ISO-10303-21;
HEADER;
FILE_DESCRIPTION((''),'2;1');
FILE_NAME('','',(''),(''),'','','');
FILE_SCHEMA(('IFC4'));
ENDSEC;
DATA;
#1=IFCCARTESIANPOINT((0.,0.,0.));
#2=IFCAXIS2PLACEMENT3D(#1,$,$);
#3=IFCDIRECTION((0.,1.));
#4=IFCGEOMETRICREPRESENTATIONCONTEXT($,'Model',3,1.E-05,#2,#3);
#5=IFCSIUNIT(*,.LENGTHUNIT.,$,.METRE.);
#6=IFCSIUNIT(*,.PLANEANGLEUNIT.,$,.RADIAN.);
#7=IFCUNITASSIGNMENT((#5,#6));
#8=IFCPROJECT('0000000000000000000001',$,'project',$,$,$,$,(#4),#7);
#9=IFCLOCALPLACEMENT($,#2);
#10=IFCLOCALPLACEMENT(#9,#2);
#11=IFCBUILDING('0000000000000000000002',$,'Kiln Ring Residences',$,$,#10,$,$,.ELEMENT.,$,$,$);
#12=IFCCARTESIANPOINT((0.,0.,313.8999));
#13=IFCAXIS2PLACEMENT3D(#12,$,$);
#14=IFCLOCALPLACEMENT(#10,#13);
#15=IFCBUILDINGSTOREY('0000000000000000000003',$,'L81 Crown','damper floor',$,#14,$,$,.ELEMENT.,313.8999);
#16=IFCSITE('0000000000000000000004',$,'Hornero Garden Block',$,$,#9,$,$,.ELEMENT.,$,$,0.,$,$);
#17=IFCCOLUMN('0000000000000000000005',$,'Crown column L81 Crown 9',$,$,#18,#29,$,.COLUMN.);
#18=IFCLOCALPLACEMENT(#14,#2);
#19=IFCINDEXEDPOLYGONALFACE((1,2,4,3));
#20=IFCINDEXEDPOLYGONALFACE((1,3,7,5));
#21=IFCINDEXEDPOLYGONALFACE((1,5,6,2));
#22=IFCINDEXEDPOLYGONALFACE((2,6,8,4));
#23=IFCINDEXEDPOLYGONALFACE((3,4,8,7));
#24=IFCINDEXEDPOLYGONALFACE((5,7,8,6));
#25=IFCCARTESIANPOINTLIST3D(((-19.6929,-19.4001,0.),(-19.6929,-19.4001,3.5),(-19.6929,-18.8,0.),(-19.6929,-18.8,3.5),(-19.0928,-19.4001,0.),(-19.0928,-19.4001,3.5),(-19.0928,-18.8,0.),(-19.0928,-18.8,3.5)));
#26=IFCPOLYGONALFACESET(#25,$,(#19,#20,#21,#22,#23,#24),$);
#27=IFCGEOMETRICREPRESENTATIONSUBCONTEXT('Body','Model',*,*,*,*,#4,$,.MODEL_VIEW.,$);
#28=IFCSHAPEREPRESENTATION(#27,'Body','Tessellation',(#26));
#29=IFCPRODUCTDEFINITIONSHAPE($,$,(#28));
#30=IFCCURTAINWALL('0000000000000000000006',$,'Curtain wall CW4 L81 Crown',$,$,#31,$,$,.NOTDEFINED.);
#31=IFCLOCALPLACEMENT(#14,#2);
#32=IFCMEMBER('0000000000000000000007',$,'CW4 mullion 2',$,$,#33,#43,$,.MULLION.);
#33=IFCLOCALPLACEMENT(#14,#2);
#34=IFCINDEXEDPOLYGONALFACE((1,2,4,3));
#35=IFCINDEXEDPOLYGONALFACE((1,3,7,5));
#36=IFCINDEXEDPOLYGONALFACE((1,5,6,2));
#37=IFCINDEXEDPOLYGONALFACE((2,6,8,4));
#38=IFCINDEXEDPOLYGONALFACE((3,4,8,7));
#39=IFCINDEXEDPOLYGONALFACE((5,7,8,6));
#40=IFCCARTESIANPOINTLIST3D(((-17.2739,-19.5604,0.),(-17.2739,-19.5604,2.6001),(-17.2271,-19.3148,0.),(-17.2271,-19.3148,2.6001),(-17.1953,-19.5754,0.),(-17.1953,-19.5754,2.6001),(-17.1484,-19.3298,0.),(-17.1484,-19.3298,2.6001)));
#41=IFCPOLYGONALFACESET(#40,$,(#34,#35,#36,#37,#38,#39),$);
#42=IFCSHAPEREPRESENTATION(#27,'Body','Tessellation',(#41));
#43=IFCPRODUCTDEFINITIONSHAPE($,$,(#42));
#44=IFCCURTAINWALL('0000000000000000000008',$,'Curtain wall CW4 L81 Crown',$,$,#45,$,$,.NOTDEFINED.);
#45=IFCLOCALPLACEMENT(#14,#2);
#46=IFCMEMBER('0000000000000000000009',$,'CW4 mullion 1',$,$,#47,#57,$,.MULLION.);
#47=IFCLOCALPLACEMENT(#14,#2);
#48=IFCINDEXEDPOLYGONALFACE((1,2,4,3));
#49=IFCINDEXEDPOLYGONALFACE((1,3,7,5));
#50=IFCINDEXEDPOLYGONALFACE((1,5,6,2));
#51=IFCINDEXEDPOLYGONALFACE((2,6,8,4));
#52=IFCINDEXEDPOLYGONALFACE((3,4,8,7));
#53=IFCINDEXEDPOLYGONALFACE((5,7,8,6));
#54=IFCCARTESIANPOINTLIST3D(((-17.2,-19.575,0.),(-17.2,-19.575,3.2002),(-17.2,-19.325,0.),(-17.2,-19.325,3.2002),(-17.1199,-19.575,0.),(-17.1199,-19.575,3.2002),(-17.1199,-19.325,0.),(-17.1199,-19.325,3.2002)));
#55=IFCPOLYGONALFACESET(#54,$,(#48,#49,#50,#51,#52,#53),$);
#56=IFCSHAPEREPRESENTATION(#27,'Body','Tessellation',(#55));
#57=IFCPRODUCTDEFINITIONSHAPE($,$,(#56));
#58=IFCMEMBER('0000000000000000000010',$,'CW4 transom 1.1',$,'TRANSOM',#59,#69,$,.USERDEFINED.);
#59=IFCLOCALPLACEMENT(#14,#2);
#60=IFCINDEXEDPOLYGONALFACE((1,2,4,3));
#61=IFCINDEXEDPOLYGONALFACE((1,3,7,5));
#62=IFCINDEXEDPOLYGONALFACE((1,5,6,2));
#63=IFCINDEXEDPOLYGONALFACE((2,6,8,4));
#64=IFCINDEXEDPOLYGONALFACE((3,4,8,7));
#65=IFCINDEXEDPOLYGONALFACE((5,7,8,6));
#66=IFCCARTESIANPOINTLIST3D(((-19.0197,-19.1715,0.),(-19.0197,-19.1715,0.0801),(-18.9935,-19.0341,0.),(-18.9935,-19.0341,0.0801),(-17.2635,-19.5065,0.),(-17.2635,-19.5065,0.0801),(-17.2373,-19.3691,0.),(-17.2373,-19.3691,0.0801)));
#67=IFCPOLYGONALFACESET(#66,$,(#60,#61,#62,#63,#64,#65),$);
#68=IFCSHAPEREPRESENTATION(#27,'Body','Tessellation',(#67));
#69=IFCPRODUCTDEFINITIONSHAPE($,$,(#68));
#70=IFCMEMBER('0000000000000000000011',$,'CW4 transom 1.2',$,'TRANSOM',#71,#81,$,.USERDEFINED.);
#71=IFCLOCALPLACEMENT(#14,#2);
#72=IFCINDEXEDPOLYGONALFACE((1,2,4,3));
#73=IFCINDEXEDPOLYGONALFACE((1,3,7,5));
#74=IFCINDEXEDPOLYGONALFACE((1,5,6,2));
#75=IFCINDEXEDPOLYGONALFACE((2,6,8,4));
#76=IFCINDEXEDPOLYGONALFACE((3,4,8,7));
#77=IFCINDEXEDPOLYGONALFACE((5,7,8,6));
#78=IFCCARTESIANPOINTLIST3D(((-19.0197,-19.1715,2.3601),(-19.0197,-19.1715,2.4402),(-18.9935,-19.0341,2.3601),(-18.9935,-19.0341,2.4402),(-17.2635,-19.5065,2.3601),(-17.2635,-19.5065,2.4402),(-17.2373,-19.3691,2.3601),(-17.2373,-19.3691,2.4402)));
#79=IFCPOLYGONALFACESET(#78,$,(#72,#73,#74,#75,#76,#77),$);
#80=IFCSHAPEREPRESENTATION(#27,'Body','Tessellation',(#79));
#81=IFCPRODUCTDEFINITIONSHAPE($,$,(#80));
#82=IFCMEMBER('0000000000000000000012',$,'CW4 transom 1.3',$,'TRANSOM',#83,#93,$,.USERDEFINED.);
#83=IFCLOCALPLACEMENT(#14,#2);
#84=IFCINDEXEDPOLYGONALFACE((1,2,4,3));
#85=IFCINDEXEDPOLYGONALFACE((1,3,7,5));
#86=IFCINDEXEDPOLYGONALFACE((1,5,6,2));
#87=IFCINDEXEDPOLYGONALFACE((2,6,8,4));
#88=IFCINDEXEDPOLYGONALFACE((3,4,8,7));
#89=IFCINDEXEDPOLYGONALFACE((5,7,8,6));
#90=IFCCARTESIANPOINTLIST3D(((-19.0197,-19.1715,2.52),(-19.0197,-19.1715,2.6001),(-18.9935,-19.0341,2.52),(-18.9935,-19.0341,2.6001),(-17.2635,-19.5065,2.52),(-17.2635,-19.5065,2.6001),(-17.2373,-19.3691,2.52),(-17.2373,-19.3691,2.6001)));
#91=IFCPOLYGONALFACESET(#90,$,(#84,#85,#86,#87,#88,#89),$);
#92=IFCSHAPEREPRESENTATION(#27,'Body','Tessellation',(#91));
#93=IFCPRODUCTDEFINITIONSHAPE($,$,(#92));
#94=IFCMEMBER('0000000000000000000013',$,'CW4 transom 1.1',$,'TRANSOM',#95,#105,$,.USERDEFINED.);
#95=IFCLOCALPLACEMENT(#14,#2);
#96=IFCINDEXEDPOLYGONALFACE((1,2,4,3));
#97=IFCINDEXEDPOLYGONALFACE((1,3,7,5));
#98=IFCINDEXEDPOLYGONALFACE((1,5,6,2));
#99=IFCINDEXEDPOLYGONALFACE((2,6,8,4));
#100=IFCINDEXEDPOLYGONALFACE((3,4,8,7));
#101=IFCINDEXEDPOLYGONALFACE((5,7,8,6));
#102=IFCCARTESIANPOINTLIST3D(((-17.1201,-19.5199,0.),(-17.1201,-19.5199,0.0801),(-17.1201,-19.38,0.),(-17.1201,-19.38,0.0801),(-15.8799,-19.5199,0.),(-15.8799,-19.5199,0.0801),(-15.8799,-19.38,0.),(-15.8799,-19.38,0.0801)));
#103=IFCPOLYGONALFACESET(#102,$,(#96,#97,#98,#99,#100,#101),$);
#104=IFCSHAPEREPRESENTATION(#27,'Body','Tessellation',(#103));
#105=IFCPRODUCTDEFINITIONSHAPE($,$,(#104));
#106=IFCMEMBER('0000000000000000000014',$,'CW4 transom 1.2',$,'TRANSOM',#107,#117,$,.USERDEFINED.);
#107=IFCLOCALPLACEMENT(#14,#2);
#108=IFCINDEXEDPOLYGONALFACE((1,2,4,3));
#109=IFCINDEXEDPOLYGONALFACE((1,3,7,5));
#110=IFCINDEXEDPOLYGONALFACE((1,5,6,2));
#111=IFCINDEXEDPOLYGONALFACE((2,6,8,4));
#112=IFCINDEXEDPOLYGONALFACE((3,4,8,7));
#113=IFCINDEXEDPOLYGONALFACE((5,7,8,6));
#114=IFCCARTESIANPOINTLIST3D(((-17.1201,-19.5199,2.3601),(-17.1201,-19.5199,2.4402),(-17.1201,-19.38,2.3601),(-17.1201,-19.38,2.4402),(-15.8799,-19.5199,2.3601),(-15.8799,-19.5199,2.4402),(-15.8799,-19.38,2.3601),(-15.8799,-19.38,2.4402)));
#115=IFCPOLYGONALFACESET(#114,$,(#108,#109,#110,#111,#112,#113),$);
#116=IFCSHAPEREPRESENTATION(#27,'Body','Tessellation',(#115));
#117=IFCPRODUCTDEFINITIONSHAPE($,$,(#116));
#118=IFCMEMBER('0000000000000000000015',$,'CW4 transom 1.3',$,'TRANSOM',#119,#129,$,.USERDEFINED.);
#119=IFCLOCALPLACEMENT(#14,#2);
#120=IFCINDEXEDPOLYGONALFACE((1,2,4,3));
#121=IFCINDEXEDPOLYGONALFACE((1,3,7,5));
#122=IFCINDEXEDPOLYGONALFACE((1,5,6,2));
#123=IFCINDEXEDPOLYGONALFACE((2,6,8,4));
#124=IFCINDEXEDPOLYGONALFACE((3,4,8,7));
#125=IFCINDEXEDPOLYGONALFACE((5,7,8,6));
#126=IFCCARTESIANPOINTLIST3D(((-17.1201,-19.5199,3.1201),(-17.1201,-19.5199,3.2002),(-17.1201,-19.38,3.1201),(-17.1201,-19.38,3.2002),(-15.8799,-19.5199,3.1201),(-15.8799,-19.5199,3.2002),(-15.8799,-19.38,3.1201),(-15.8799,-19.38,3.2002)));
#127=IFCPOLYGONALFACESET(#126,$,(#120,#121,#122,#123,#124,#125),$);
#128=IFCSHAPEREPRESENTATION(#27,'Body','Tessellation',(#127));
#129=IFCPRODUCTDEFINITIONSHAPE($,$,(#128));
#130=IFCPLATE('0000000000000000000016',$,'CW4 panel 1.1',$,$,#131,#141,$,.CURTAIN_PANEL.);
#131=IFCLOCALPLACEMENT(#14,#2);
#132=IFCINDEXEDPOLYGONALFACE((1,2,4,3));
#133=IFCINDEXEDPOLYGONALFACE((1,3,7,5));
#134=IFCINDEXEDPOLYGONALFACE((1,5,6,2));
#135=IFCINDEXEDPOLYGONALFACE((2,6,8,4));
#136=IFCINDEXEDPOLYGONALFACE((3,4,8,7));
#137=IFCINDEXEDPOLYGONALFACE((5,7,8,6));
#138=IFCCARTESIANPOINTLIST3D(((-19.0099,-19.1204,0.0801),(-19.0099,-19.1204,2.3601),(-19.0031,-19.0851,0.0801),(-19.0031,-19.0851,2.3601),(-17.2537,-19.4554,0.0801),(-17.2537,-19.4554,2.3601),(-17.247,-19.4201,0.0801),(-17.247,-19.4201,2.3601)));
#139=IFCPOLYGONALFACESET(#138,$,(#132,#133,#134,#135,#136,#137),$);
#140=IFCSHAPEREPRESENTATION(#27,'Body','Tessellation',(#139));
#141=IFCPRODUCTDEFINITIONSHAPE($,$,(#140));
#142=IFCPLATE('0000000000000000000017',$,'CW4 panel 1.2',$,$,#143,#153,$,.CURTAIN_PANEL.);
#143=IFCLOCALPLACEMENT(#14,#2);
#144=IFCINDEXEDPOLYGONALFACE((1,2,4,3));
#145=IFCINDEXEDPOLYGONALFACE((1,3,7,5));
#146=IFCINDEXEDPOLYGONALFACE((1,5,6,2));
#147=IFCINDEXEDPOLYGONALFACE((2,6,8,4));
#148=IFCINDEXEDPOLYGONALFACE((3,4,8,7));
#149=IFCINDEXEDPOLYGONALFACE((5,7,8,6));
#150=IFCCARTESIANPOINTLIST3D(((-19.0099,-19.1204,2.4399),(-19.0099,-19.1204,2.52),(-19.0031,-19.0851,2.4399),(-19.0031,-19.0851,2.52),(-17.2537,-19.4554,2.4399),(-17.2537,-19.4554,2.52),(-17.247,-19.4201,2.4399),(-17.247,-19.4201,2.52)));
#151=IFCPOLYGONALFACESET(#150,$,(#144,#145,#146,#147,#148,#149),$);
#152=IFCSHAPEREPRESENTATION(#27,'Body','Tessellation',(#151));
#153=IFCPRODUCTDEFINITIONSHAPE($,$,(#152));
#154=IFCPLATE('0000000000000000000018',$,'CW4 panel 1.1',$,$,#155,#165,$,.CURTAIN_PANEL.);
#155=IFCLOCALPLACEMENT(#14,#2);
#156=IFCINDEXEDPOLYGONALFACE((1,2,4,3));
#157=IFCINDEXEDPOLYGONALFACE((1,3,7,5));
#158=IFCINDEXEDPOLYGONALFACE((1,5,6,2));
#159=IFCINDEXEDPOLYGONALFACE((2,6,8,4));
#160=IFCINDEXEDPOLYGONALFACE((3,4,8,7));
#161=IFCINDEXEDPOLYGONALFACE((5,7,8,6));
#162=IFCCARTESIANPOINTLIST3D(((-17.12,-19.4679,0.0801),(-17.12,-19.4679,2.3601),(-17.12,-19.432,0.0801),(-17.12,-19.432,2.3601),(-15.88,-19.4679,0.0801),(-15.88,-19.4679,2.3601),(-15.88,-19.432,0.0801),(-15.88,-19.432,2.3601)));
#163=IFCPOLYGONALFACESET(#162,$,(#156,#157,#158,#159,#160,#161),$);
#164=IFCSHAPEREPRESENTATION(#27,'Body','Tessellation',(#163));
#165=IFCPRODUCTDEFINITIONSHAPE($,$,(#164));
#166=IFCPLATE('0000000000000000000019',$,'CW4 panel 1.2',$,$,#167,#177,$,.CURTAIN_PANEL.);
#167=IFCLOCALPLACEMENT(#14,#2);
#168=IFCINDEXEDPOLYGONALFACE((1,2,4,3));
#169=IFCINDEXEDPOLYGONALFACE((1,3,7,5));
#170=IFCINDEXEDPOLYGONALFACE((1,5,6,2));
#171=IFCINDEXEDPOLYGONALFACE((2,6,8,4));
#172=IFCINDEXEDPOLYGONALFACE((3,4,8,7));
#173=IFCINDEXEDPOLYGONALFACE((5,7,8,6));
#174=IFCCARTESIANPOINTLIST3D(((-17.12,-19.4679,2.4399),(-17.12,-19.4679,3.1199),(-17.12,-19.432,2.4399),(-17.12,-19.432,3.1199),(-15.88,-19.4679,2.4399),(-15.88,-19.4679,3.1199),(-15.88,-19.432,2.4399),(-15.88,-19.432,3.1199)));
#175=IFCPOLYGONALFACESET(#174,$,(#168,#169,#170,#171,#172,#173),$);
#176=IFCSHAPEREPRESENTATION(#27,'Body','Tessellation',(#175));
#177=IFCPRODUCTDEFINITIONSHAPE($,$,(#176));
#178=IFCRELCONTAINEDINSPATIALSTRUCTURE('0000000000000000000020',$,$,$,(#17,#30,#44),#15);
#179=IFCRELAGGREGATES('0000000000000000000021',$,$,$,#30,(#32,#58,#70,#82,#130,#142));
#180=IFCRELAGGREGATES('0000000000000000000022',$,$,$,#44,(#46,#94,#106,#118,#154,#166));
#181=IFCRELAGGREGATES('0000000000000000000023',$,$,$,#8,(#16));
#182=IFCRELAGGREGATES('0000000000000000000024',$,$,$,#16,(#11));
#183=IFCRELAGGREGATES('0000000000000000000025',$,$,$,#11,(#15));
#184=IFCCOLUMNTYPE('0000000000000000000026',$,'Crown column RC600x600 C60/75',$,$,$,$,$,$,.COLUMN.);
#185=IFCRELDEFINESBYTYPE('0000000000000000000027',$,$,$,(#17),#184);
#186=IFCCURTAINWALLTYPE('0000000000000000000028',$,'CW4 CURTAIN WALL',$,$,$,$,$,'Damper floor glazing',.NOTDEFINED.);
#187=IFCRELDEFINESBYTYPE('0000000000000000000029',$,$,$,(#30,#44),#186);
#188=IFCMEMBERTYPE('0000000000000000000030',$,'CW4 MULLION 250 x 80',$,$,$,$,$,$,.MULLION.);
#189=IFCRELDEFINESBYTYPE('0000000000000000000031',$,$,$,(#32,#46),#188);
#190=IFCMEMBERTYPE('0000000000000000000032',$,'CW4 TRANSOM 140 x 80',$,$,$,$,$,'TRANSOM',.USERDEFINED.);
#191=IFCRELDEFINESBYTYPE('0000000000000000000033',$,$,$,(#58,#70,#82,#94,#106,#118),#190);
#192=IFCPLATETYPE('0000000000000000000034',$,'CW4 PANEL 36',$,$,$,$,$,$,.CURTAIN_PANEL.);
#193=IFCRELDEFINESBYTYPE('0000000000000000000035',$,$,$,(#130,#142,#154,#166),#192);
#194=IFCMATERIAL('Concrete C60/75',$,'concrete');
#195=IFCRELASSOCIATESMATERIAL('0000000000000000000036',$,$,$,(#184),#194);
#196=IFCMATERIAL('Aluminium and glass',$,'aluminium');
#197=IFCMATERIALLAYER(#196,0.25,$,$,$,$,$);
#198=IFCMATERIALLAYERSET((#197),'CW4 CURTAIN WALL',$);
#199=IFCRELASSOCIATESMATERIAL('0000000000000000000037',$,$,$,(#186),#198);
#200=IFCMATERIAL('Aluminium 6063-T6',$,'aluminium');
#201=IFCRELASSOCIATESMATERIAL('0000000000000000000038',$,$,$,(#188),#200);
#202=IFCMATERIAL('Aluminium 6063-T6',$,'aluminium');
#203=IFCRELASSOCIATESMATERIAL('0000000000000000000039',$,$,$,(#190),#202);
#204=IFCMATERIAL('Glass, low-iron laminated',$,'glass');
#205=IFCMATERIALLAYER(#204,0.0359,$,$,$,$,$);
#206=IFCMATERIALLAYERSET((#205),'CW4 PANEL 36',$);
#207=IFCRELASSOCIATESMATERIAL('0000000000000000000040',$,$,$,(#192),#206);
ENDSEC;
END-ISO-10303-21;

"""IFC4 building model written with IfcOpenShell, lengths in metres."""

from ifc_helpers import new_model, si_unit, direction, frame, origin, origin_2d, place, context, subcontext, project, spatial, rectangle, extrude, material, layer, layer_set, material_profile, profile_set, type_object, element, aggregate, save


model = new_model("IFC4")

# Units and contexts
model_context = context("Model", 3, precision=1e-05, world=origin(), true_north=direction((0.0, 1.0)))
body_context = subcontext(model_context, "Body", "Model", "MODEL_VIEW")
ifc_project = project(units=[si_unit("LENGTHUNIT", "METRE"), si_unit("PLANEANGLEUNIT", "RADIAN")], contexts=[model_context])

# Site, building, storey
site_placement = place(None, origin())
site = spatial("IfcSite", under=ifc_project, at=site_placement, Name="Hornero Garden Block", CompositionType="ELEMENT", RefElevation=0.0)
building_placement = place(site_placement, origin())
building = spatial("IfcBuilding", under=site, at=building_placement, Name="Kiln Ring Residences", CompositionType="ELEMENT")
storey_placement = place(building_placement, frame((0.0, 0.0, 313.8999)))
storey = spatial("IfcBuildingStorey", under=building, at=storey_placement, Name="L81 Crown", Description="damper floor", CompositionType="ELEMENT", Elevation=313.8999)

# Column
ifc_material_1 = material(Name="Concrete C60/75", Category="concrete")
ifc_material_profile_1 = material_profile(ifc_material_1, rectangle(XDim=0.6001, YDim=0.6001, at=origin_2d()), Name="RC600x600")
ifc_profile_set_1 = profile_set([ifc_material_profile_1], Name="Concrete C60/75")
column_type = type_object("IfcColumnType", Name="Crown column RC600x600 C60/75", PredefinedType="COLUMN", material=ifc_profile_set_1)
column_placement = place(storey_placement, frame((-19.3928, -19.1001, 0.0), z_axis=(0.0, 0.0, 1.0), x_axis=(1.0, 0.0, 0.0)))
element("IfcColumn", 1, at=column_placement, inside=storey, type_object=column_type, Name="Crown column L81 Crown 9", PredefinedType="COLUMN", context=body_context, shape_type="SweptSolid", body=[
    extrude(rectangle(XDim=0.6001, YDim=0.6001, at=origin_2d()), origin(), (0.0, 0.0, 1.0), 3.5),
])

# Curtain walls, members
ifc_material_2 = material(Name="Aluminium and glass", Category="aluminium")
ifc_layer_1 = layer(ifc_material_2, 0.25)
ifc_layer_set_1 = layer_set([ifc_layer_1], Name="CW4 CURTAIN WALL")
curtain_wall_type = type_object("IfcCurtainWallType", Name="CW4 CURTAIN WALL", ElementType="Damper floor glazing", PredefinedType="NOTDEFINED", material=ifc_layer_set_1)
placement = place(storey_placement, origin())
curtain_wall_1 = element("IfcCurtainWall", 2, at=placement, inside=storey, type_object=curtain_wall_type, Name="Curtain wall CW4 L81 Crown", PredefinedType="NOTDEFINED")
ifc_material_3 = material(Name="Aluminium 6063-T6", Category="aluminium")
ifc_material_profile_2 = material_profile(ifc_material_3, rectangle(XDim=0.25, YDim=0.0801, at=origin_2d()), Name="AL 250x80")
ifc_profile_set_2 = profile_set([ifc_material_profile_2], Name="Aluminium 6063-T6")
member_type_1 = type_object("IfcMemberType", Name="CW4 MULLION 250 x 80", PredefinedType="MULLION", material=ifc_profile_set_2)
member_1_placement = place(storey_placement, frame((-17.2112, -19.4451, 0.0), z_axis=(0.0, 0.0, 1.0), x_axis=(0.187366, 0.98229, 0.0)))
member_1 = element("IfcMember", 3, at=member_1_placement, type_object=member_type_1, Name="CW4 mullion 2", PredefinedType="MULLION", context=body_context, shape_type="SweptSolid", body=[
    extrude(rectangle(XDim=0.25, YDim=0.0801, at=origin_2d()), origin(), (0.0, 0.0, 1.0), 2.6001),
])
curtain_wall_2 = element("IfcCurtainWall", 4, at=placement, inside=storey, type_object=curtain_wall_type, Name="Curtain wall CW4 L81 Crown", PredefinedType="NOTDEFINED")
member_2_placement = place(storey_placement, frame((-17.1599, -19.45, 0.0), z_axis=(0.0, 0.0, 1.0), x_axis=(0.0, 1.0, 0.0)))
member_2 = element("IfcMember", 5, at=member_2_placement, type_object=member_type_1, Name="CW4 mullion 1", PredefinedType="MULLION", context=body_context, shape_type="SweptSolid", body=[
    extrude(rectangle(XDim=0.25, YDim=0.0801, at=origin_2d()), origin(), (0.0, 0.0, 1.0), 3.2002),
])

# Members
ifc_material_4 = material(Name="Aluminium 6063-T6", Category="aluminium")
ifc_material_profile_3 = material_profile(ifc_material_4, rectangle(XDim=0.1399, YDim=0.0801, at=origin_2d()), Name="AL 140x80")
ifc_profile_set_3 = profile_set([ifc_material_profile_3], Name="Aluminium 6063-T6")
member_type_2 = type_object("IfcMemberType", Name="CW4 TRANSOM 140 x 80", ElementType="TRANSOM", PredefinedType="USERDEFINED", material=ifc_profile_set_3)
member_3_placement = place(storey_placement, frame((-19.0066, -19.1028, 0.04), z_axis=(0.982291, -0.187363, 0.0), x_axis=(0.187363, 0.982291, 0.0)))
member_3 = element("IfcMember", 6, at=member_3_placement, type_object=member_type_2, Name="CW4 transom 1.1", ObjectType="TRANSOM", PredefinedType="USERDEFINED", context=body_context, shape_type="SweptSolid", body=[
    extrude(rectangle(XDim=0.1399, YDim=0.0801, at=origin_2d()), origin(), (0.0, 0.0, 1.0), 1.7878),
])
member_4_placement = place(storey_placement, frame((-19.0066, -19.1028, 2.4001), z_axis=(0.982291, -0.187363, 0.0), x_axis=(0.187363, 0.982291, 0.0)))
member_4 = element("IfcMember", 7, at=member_4_placement, type_object=member_type_2, Name="CW4 transom 1.2", ObjectType="TRANSOM", PredefinedType="USERDEFINED", context=body_context, shape_type="SweptSolid", body=[
    extrude(rectangle(XDim=0.1399, YDim=0.0801, at=origin_2d()), origin(), (0.0, 0.0, 1.0), 1.7878),
])
member_5_placement = place(storey_placement, frame((-19.0066, -19.1028, 2.5601), z_axis=(0.982291, -0.187363, 0.0), x_axis=(0.187363, 0.982291, 0.0)))
member_5 = element("IfcMember", 8, at=member_5_placement, type_object=member_type_2, Name="CW4 transom 1.3", ObjectType="TRANSOM", PredefinedType="USERDEFINED", context=body_context, shape_type="SweptSolid", body=[
    extrude(rectangle(XDim=0.1399, YDim=0.0801, at=origin_2d()), origin(), (0.0, 0.0, 1.0), 1.7878),
])
member_6_placement = place(storey_placement, frame((-17.1201, -19.45, 0.04), z_axis=(1.0, 0.0, 0.0), x_axis=(0.0, 1.0, 0.0)))
member_6 = element("IfcMember", 9, at=member_6_placement, type_object=member_type_2, Name="CW4 transom 1.1", ObjectType="TRANSOM", PredefinedType="USERDEFINED", context=body_context, shape_type="SweptSolid", body=[
    extrude(rectangle(XDim=0.1399, YDim=0.0801, at=origin_2d()), origin(), (0.0, 0.0, 1.0), 1.2402),
])
member_7_placement = place(storey_placement, frame((-17.1201, -19.45, 2.4001), z_axis=(1.0, 0.0, 0.0), x_axis=(0.0, 1.0, 0.0)))
member_7 = element("IfcMember", 10, at=member_7_placement, type_object=member_type_2, Name="CW4 transom 1.2", ObjectType="TRANSOM", PredefinedType="USERDEFINED", context=body_context, shape_type="SweptSolid", body=[
    extrude(rectangle(XDim=0.1399, YDim=0.0801, at=origin_2d()), origin(), (0.0, 0.0, 1.0), 1.2402),
])
member_8_placement = place(storey_placement, frame((-17.1201, -19.45, 3.1602), z_axis=(1.0, 0.0, 0.0), x_axis=(0.0, 1.0, 0.0)))
member_8 = element("IfcMember", 11, at=member_8_placement, type_object=member_type_2, Name="CW4 transom 1.3", ObjectType="TRANSOM", PredefinedType="USERDEFINED", context=body_context, shape_type="SweptSolid", body=[
    extrude(rectangle(XDim=0.1399, YDim=0.0801, at=origin_2d()), origin(), (0.0, 0.0, 1.0), 1.2402),
])

# Plates
ifc_material_5 = material(Name="Glass, low-iron laminated", Category="glass")
ifc_layer_2 = layer(ifc_material_5, 0.0359)
ifc_layer_set_2 = layer_set([ifc_layer_2], Name="CW4 PANEL 36")
plate_type = type_object("IfcPlateType", Name="CW4 PANEL 36", PredefinedType="CURTAIN_PANEL", material=ifc_layer_set_2)
plate_1_placement = place(storey_placement, frame((-18.1284, -19.2703, 0.0801), z_axis=(0.0, 0.0, 1.0), x_axis=(0.98229, -0.187366, 0.0)))
plate_1 = element("IfcPlate", 12, at=plate_1_placement, type_object=plate_type, Name="CW4 panel 1.1", PredefinedType="CURTAIN_PANEL", context=body_context, shape_type="SweptSolid", body=[
    extrude(rectangle(XDim=1.7878, YDim=0.0359, at=origin_2d()), origin(), (0.0, 0.0, 1.0), 2.28),
])
plate_2_placement = place(storey_placement, frame((-18.1284, -19.2703, 2.4399), z_axis=(0.0, 0.0, 1.0), x_axis=(0.98229, -0.187366, 0.0)))
plate_2 = element("IfcPlate", 13, at=plate_2_placement, type_object=plate_type, Name="CW4 panel 1.2", PredefinedType="CURTAIN_PANEL", context=body_context, shape_type="SweptSolid", body=[
    extrude(rectangle(XDim=1.7878, YDim=0.0359, at=origin_2d()), origin(), (0.0, 0.0, 1.0), 0.0801),
])
aggregate(curtain_wall_1, [member_1, member_3, member_4, member_5, plate_1, plate_2])
plate_3_placement = place(storey_placement, frame((-16.5, -19.45, 0.0801), z_axis=(0.0, 0.0, 1.0), x_axis=(1.0, 0.0, 0.0)))
plate_3 = element("IfcPlate", 14, at=plate_3_placement, type_object=plate_type, Name="CW4 panel 1.1", PredefinedType="CURTAIN_PANEL", context=body_context, shape_type="SweptSolid", body=[
    extrude(rectangle(XDim=1.24, YDim=0.0359, at=origin_2d()), origin(), (0.0, 0.0, 1.0), 2.28),
])
plate_4_placement = place(storey_placement, frame((-16.5, -19.45, 2.4399), z_axis=(0.0, 0.0, 1.0), x_axis=(1.0, 0.0, 0.0)))
plate_4 = element("IfcPlate", 15, at=plate_4_placement, type_object=plate_type, Name="CW4 panel 1.2", PredefinedType="CURTAIN_PANEL", context=body_context, shape_type="SweptSolid", body=[
    extrude(rectangle(XDim=1.24, YDim=0.0359, at=origin_2d()), origin(), (0.0, 0.0, 1.0), 0.6799),
])
aggregate(curtain_wall_2, [member_2, member_6, member_7, member_8, plate_3, plate_4])

save(model, "model.ifc")
